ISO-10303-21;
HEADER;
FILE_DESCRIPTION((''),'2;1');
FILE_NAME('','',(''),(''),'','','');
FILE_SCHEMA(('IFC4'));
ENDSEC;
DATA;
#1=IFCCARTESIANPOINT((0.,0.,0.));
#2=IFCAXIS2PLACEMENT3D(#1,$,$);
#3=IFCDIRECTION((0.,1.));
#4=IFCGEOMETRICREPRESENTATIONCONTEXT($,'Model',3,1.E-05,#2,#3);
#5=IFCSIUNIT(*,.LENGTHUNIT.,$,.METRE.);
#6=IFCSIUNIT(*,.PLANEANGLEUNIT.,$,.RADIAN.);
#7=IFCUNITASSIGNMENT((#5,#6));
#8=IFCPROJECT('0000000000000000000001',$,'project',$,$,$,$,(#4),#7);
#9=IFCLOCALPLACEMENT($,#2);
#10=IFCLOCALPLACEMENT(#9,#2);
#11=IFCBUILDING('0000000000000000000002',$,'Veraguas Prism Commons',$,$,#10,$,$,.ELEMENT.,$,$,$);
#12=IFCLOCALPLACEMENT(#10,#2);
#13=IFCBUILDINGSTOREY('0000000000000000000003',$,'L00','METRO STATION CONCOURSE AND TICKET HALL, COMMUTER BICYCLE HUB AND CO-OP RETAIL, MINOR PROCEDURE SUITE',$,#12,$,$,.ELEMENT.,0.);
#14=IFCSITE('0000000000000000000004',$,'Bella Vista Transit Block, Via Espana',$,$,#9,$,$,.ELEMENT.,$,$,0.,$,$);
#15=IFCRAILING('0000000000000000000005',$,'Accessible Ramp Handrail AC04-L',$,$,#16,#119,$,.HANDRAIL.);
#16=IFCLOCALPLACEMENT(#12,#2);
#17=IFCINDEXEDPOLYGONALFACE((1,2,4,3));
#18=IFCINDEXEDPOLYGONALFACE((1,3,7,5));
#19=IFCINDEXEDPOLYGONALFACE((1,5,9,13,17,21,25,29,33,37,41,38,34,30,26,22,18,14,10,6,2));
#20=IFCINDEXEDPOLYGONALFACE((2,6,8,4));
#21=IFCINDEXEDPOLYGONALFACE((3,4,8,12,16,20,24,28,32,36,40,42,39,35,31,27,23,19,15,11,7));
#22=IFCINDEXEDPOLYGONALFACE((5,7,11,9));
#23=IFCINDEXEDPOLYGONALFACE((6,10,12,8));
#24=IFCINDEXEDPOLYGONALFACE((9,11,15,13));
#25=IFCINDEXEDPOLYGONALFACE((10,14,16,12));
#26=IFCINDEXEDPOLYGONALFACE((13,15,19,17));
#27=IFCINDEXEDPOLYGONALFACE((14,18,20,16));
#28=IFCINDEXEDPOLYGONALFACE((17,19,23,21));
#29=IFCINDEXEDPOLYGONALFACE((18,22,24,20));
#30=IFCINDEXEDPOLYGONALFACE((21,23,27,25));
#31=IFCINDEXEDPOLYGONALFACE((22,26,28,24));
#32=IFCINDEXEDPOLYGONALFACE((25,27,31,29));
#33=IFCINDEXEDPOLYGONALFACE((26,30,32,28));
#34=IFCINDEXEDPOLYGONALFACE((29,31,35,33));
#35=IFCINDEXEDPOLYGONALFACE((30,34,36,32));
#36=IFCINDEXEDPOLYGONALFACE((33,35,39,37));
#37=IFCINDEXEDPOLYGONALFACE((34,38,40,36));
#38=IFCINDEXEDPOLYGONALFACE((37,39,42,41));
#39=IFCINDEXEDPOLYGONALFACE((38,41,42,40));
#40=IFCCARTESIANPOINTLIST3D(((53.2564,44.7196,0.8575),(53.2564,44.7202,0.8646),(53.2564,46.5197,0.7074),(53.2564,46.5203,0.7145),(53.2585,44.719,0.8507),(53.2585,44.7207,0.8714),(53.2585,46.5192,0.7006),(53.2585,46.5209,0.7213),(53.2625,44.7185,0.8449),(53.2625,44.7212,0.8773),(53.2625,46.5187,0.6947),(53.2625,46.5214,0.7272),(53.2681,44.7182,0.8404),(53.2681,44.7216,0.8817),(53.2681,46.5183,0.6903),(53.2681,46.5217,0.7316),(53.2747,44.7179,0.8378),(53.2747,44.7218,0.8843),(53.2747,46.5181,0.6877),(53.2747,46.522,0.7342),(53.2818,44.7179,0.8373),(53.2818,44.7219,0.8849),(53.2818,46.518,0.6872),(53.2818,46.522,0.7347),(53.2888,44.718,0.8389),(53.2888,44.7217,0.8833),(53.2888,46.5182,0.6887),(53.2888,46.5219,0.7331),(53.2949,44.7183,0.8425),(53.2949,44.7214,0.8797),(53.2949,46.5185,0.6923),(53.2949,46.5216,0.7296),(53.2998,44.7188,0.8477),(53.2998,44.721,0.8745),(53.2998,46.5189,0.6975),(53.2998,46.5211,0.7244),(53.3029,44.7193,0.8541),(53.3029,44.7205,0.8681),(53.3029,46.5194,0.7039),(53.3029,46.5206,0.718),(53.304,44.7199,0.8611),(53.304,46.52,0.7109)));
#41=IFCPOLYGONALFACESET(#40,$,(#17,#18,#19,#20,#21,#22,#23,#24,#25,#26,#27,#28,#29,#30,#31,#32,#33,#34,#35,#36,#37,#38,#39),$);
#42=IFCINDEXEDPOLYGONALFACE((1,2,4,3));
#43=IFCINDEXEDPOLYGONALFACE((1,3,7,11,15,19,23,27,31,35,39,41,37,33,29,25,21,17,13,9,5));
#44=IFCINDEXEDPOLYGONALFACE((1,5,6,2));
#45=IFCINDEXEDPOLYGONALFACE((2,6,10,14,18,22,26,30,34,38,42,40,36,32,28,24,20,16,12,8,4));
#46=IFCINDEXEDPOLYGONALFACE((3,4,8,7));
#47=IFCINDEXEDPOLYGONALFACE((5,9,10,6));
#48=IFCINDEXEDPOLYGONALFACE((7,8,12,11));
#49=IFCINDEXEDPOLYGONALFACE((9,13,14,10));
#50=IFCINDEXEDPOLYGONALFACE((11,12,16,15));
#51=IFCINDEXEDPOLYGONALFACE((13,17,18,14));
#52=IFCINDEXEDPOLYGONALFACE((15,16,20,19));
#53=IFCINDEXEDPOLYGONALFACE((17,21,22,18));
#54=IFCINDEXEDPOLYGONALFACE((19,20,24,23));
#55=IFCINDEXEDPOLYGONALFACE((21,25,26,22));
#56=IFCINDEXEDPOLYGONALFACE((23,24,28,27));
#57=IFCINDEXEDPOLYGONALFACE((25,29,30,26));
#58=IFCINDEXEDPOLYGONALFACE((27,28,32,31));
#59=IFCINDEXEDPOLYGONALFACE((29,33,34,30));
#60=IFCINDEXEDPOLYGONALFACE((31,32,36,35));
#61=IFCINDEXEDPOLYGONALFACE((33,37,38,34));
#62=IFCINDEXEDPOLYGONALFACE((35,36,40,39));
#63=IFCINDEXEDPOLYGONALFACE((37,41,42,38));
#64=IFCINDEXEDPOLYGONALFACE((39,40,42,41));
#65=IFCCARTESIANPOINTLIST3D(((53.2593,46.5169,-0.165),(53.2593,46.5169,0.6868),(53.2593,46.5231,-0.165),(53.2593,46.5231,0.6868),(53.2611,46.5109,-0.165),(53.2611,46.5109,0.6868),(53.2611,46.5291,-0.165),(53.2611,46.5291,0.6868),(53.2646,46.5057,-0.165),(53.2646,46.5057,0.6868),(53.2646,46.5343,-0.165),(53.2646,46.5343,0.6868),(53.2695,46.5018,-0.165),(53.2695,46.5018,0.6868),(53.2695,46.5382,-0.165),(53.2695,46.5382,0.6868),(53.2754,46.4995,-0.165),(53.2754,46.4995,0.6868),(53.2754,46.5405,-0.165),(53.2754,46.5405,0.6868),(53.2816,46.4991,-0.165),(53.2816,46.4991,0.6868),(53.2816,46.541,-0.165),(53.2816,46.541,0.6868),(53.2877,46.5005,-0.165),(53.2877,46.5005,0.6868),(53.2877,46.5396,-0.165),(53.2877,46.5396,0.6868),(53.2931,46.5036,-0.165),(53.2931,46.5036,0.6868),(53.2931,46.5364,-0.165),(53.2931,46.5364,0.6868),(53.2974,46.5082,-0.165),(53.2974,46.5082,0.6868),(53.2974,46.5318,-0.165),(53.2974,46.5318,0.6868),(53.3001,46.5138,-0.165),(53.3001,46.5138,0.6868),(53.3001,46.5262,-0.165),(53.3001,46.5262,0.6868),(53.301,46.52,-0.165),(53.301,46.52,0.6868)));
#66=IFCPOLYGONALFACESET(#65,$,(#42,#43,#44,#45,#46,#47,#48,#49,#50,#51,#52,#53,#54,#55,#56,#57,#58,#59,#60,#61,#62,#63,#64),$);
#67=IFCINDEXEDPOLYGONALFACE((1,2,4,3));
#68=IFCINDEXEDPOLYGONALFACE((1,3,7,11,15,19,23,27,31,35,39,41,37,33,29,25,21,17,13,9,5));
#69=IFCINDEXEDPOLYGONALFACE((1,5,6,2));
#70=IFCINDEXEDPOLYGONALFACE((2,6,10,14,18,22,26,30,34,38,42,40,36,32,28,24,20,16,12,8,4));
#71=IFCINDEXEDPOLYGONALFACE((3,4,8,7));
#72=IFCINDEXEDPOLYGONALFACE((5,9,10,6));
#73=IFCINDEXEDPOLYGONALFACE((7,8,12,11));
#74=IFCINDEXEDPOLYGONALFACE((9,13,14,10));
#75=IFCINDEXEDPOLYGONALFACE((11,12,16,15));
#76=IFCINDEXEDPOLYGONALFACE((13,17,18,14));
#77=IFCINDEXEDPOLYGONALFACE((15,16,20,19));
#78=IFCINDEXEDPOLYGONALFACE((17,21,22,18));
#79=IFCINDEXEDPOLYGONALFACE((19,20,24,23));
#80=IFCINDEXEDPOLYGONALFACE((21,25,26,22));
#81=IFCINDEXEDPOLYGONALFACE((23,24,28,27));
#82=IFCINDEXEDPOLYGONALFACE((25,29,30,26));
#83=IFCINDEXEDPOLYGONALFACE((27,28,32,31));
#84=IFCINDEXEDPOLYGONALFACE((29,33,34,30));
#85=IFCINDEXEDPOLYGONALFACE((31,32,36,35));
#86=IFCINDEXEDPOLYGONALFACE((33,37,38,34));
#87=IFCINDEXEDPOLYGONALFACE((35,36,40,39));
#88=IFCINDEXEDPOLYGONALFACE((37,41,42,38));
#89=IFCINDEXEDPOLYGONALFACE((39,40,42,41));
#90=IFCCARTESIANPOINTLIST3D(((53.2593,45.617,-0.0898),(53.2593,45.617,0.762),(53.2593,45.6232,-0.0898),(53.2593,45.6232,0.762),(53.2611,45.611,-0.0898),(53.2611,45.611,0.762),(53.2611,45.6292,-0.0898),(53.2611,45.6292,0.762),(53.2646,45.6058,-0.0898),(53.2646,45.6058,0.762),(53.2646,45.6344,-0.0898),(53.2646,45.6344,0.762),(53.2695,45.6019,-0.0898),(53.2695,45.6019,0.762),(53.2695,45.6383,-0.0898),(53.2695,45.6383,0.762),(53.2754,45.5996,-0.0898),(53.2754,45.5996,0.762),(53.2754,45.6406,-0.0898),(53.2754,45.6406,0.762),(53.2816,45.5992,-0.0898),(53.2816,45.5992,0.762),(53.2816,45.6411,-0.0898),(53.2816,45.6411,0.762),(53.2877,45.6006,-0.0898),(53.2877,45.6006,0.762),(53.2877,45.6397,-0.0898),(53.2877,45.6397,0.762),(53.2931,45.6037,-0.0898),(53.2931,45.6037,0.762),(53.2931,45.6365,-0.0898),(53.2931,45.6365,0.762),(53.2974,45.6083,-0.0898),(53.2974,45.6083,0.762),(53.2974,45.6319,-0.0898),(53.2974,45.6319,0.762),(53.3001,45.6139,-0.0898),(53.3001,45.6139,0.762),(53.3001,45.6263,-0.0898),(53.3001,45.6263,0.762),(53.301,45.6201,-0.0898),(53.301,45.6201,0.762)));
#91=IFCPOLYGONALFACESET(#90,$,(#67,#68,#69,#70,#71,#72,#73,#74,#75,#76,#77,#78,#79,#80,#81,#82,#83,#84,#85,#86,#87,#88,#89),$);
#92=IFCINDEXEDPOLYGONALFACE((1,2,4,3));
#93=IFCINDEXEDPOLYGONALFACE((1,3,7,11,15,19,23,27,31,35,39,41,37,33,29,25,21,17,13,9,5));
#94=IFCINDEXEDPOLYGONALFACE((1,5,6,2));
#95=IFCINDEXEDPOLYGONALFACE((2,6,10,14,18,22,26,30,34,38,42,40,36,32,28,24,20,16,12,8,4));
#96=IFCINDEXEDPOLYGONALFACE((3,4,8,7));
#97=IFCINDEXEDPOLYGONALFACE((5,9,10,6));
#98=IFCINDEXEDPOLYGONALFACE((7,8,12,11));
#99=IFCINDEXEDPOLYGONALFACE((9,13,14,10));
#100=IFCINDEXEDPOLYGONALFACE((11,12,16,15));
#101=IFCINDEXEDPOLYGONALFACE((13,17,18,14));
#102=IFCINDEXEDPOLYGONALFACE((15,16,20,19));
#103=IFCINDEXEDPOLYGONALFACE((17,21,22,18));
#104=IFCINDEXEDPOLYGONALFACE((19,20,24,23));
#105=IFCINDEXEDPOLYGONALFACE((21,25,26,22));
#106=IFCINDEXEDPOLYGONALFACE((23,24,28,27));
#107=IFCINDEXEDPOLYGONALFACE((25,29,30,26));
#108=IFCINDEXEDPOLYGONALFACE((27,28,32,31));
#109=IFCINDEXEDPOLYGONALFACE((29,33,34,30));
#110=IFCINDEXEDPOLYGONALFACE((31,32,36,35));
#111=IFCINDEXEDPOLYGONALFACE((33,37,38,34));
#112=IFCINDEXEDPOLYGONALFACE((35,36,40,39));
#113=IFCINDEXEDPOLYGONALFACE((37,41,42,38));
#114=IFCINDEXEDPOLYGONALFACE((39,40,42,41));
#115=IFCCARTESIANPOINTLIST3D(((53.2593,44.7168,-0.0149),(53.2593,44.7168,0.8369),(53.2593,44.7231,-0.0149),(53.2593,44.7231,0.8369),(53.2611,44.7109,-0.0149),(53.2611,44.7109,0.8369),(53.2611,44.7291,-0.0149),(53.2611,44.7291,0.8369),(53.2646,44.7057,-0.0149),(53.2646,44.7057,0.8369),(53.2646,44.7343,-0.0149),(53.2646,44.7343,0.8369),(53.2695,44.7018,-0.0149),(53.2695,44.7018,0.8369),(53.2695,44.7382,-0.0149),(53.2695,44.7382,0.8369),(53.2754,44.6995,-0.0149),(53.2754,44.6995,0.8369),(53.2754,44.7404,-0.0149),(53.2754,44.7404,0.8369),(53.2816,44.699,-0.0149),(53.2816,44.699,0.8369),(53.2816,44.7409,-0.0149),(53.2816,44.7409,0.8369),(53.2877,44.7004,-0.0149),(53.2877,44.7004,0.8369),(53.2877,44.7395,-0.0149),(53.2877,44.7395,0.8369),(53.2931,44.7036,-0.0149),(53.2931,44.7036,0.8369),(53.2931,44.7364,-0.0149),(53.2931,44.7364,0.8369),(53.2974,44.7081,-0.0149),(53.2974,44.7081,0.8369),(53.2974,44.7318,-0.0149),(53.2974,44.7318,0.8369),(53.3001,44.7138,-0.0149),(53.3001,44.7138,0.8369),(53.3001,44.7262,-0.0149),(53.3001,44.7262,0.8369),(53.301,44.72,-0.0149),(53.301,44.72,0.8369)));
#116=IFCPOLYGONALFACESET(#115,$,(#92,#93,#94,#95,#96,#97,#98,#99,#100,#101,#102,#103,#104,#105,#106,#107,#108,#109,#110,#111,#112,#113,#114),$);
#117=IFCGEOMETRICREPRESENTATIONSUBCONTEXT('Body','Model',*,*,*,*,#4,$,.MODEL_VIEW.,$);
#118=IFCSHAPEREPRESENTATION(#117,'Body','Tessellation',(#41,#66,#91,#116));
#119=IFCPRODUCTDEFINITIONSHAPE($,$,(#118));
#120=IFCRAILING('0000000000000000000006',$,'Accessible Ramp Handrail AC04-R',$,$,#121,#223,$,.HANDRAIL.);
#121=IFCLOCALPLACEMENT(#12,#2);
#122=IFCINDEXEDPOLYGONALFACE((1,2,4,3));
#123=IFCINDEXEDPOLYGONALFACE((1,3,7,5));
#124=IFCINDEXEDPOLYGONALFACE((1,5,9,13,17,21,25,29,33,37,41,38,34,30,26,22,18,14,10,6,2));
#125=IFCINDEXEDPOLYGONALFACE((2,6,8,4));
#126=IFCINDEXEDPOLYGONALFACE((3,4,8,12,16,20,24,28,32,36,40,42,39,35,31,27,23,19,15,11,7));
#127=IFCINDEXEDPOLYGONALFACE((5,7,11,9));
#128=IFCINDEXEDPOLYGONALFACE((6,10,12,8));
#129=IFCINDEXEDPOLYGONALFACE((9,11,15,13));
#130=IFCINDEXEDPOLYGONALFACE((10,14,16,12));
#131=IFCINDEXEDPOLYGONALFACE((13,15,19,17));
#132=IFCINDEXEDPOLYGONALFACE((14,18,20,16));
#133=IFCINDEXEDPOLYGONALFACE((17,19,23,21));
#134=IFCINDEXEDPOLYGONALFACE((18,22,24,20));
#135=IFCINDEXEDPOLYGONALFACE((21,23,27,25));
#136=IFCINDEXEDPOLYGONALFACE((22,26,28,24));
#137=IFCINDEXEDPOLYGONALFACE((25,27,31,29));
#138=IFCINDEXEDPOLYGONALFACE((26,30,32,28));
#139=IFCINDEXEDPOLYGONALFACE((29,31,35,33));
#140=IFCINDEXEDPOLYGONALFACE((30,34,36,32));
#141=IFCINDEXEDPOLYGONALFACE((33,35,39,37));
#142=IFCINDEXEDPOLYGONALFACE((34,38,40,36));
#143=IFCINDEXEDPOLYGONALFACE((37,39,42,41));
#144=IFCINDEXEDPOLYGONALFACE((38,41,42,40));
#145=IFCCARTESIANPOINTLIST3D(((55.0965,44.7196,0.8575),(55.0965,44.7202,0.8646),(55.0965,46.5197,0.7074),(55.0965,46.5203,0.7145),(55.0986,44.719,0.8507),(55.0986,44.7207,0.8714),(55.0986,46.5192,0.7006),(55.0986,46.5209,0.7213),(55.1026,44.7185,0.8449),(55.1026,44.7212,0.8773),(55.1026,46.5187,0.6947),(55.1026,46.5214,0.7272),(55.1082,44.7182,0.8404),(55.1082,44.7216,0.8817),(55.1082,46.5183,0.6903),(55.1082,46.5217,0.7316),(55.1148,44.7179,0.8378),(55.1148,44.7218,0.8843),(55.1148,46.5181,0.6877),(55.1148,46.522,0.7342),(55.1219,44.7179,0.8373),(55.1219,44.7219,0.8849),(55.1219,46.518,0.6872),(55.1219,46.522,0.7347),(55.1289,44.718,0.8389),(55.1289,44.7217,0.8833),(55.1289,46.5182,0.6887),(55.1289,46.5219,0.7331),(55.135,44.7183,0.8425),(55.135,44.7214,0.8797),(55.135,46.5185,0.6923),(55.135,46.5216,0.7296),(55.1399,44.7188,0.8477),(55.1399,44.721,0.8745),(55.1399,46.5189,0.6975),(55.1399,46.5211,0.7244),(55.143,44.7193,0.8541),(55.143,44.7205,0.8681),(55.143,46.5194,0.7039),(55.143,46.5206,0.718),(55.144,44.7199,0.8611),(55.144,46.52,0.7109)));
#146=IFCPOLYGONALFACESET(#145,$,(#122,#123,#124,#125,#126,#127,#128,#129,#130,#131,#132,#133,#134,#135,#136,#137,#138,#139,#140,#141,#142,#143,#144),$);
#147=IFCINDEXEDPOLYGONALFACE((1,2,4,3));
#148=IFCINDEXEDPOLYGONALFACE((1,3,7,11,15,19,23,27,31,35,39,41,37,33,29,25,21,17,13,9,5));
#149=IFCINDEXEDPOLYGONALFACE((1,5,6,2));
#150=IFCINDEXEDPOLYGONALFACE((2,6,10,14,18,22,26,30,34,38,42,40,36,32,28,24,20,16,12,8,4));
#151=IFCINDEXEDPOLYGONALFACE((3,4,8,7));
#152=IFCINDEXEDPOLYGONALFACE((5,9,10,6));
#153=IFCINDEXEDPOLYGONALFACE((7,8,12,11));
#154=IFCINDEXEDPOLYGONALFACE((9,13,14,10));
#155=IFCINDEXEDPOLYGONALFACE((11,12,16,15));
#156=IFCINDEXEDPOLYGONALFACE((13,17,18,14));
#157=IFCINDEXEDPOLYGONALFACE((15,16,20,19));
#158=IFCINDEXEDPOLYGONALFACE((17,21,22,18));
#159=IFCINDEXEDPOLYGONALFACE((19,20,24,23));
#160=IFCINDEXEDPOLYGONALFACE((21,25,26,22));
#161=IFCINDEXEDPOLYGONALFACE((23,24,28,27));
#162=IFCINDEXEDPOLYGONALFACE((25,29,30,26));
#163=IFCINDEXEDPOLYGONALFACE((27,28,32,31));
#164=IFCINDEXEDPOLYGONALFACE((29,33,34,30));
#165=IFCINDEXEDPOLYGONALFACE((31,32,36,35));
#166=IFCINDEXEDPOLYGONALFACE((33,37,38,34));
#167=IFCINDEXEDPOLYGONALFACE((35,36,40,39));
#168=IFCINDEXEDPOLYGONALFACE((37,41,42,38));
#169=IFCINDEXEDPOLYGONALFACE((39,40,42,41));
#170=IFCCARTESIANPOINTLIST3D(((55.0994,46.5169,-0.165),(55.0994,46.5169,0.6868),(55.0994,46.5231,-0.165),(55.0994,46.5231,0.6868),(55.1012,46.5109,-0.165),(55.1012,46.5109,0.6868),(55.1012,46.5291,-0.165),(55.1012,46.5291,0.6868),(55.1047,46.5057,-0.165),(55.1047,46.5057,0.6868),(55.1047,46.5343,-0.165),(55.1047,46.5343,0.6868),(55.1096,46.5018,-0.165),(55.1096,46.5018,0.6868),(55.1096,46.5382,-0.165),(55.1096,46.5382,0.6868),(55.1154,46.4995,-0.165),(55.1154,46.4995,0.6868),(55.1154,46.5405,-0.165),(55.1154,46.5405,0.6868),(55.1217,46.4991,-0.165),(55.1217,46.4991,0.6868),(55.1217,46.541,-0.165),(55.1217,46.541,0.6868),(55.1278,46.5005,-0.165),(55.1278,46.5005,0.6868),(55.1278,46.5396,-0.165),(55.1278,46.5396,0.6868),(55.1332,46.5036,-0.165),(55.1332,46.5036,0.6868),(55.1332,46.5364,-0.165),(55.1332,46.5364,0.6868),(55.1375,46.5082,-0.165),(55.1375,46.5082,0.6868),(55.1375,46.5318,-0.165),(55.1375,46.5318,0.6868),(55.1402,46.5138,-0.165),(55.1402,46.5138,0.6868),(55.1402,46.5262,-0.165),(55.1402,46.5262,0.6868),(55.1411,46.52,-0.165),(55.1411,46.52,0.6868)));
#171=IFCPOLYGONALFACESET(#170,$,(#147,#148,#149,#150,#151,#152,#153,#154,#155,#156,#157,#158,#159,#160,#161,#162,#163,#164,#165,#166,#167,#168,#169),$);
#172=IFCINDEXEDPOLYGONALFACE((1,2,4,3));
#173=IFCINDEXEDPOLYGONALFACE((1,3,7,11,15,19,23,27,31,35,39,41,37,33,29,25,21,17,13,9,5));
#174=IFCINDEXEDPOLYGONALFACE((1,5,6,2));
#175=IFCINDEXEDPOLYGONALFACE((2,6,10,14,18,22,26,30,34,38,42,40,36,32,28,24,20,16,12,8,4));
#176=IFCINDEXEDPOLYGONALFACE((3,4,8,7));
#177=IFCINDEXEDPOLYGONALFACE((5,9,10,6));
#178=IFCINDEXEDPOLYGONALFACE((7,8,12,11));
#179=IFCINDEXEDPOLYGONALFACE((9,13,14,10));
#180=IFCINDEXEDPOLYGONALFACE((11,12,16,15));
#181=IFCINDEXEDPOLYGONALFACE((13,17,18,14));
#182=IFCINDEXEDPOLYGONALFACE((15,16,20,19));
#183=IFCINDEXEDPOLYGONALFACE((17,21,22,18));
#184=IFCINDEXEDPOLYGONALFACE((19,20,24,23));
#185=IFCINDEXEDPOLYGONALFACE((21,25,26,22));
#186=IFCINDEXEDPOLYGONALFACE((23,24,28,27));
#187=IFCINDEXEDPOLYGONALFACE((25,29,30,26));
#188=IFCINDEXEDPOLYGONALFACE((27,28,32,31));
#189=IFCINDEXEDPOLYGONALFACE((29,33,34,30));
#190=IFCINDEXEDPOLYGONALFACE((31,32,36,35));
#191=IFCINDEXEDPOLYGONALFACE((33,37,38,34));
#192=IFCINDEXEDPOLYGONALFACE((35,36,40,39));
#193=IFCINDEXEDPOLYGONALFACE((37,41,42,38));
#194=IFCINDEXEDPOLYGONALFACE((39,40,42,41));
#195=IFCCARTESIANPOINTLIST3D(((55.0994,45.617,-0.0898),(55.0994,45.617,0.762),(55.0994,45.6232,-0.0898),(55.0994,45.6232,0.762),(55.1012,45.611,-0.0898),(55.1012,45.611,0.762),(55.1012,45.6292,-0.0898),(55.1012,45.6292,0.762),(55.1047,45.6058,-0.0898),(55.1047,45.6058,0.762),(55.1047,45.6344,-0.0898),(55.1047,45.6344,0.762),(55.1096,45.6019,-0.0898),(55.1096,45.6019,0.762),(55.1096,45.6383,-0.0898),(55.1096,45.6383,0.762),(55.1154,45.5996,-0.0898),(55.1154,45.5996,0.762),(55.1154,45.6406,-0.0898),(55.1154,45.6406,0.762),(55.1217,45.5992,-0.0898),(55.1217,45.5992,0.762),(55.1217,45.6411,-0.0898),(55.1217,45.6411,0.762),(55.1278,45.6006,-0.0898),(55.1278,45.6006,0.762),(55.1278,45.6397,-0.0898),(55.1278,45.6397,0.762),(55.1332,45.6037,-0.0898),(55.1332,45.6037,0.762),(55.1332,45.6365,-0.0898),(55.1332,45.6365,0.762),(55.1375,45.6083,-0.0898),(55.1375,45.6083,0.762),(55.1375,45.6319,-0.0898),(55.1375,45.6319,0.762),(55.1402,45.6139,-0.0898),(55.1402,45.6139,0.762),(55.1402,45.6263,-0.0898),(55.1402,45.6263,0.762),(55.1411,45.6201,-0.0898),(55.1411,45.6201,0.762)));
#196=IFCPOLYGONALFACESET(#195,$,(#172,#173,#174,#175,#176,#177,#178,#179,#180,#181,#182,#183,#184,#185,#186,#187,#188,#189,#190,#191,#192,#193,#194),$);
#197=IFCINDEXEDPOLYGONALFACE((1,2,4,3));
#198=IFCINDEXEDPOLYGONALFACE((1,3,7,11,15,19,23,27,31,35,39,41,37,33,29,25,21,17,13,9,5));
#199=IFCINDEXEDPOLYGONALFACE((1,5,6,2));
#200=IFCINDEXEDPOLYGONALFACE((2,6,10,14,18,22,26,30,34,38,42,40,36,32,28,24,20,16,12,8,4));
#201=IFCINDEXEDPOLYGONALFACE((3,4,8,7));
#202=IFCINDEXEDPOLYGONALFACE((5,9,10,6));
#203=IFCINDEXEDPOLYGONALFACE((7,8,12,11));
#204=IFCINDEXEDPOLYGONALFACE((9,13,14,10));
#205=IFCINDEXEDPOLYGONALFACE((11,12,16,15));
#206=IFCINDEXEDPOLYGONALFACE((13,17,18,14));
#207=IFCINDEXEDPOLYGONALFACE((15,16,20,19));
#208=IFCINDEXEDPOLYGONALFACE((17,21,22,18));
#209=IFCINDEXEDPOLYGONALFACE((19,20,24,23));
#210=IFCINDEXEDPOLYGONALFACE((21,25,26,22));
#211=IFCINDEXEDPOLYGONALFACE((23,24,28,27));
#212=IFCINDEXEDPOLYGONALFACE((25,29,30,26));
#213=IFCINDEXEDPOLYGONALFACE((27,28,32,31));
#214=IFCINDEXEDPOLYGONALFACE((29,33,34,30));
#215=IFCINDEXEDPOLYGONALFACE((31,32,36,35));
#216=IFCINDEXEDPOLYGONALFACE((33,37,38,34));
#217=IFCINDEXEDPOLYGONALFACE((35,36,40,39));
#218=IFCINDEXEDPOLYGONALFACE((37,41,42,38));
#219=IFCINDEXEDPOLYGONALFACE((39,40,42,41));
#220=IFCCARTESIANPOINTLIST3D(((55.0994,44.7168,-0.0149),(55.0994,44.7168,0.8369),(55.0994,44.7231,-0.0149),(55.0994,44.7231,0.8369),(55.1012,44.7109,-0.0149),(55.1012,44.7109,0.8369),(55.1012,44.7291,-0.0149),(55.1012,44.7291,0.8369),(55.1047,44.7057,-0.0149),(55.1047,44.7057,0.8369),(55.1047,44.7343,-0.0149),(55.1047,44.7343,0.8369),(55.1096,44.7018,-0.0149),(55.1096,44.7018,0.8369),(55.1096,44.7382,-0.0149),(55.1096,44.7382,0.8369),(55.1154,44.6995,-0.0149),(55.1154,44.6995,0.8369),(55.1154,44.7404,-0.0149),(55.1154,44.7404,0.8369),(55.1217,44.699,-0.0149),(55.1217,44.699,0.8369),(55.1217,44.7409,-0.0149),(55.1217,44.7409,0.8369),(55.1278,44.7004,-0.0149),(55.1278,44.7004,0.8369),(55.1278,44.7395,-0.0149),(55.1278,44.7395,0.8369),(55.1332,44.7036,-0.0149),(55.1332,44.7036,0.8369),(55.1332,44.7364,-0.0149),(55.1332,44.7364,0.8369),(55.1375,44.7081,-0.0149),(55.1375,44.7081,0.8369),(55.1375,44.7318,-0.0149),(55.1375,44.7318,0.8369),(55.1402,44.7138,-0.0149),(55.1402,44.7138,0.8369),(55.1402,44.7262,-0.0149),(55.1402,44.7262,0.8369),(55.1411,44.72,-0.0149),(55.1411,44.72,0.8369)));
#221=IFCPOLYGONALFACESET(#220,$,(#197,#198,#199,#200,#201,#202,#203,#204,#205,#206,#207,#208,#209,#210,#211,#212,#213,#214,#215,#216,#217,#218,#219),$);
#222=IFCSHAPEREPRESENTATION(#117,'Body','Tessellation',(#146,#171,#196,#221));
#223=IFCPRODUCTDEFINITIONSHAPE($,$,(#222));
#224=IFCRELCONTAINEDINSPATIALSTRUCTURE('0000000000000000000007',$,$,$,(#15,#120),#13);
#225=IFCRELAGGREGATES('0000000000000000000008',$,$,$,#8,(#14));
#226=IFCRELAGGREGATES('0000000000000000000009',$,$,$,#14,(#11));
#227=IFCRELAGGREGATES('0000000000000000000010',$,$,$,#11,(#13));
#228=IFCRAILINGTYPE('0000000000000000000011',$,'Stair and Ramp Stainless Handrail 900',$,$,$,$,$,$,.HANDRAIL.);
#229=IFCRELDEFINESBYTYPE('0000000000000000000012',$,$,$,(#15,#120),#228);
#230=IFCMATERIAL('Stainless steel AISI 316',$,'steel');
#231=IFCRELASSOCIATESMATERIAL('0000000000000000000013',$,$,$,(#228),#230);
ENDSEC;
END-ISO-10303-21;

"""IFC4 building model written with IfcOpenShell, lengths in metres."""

from ifc_helpers import new_model, si_unit, direction, frame, origin, origin_2d, place, context, subcontext, project, spatial, circle, extrude, material, type_object, element, save


model = new_model("IFC4")

# Units and contexts
model_context = context("Model", 3, precision=1e-05, world=origin(), true_north=direction((0.0, 1.0)))
body_context = subcontext(model_context, "Body", "Model", "MODEL_VIEW")
ifc_project = project(units=[si_unit("LENGTHUNIT", "METRE"), si_unit("PLANEANGLEUNIT", "RADIAN")], contexts=[model_context])

# Site, building, storey
site_placement = place(None, origin())
site = spatial("IfcSite", under=ifc_project, at=site_placement, Name="Bella Vista Transit Block, Via Espana", CompositionType="ELEMENT", RefElevation=0.0)
building_placement = place(site_placement, origin())
building = spatial("IfcBuilding", under=site, at=building_placement, Name="Veraguas Prism Commons", CompositionType="ELEMENT")
storey_placement = place(building_placement, origin())
storey = spatial("IfcBuildingStorey", under=building, at=storey_placement, Name="L00", Description="METRO STATION CONCOURSE AND TICKET HALL, COMMUTER BICYCLE HUB AND CO-OP RETAIL, MINOR PROCEDURE SUITE", CompositionType="ELEMENT", Elevation=0.0)

# Railings
ifc_material_1 = material(Name="Stainless steel AISI 316", Category="steel")
railing_type = type_object("IfcRailingType", Name="Stair and Ramp Stainless Handrail 900", PredefinedType="HANDRAIL", material=ifc_material_1)
for number, where, name in (
    (1, (53.28, 46.52, -0.165), "Accessible Ramp Handrail AC04-L"),
    (2, (55.1201, 46.52, -0.165), "Accessible Ramp Handrail AC04-R"),
):
    element("IfcRailing", number, at=place(storey_placement, frame(where)), inside=storey, type_object=railing_type, Name=name, PredefinedType="HANDRAIL", context=body_context, shape_type="SweptSolid", body=[
        extrude(circle(Radius=0.0239, at=origin_2d()), frame((0.0, 0.0, 0.876), z_axis=(0.0, -0.996539, 0.083124), x_axis=(1.0, 0.0, 0.0)), (0.0, 0.0, 1.0), 1.8064),
        extrude(circle(Radius=0.021, at=origin_2d()), origin(), (0.0, 0.0, 1.0), 0.8518),
        extrude(circle(Radius=0.021, at=origin_2d()), frame((0.0, -0.8999, 0.0752)), (0.0, 0.0, 1.0), 0.8518),
        extrude(circle(Radius=0.021, at=origin_2d()), frame((0.0, -1.8, 0.1501)), (0.0, 0.0, 1.0), 0.8518),
    ])

save(model, "model.ifc")
